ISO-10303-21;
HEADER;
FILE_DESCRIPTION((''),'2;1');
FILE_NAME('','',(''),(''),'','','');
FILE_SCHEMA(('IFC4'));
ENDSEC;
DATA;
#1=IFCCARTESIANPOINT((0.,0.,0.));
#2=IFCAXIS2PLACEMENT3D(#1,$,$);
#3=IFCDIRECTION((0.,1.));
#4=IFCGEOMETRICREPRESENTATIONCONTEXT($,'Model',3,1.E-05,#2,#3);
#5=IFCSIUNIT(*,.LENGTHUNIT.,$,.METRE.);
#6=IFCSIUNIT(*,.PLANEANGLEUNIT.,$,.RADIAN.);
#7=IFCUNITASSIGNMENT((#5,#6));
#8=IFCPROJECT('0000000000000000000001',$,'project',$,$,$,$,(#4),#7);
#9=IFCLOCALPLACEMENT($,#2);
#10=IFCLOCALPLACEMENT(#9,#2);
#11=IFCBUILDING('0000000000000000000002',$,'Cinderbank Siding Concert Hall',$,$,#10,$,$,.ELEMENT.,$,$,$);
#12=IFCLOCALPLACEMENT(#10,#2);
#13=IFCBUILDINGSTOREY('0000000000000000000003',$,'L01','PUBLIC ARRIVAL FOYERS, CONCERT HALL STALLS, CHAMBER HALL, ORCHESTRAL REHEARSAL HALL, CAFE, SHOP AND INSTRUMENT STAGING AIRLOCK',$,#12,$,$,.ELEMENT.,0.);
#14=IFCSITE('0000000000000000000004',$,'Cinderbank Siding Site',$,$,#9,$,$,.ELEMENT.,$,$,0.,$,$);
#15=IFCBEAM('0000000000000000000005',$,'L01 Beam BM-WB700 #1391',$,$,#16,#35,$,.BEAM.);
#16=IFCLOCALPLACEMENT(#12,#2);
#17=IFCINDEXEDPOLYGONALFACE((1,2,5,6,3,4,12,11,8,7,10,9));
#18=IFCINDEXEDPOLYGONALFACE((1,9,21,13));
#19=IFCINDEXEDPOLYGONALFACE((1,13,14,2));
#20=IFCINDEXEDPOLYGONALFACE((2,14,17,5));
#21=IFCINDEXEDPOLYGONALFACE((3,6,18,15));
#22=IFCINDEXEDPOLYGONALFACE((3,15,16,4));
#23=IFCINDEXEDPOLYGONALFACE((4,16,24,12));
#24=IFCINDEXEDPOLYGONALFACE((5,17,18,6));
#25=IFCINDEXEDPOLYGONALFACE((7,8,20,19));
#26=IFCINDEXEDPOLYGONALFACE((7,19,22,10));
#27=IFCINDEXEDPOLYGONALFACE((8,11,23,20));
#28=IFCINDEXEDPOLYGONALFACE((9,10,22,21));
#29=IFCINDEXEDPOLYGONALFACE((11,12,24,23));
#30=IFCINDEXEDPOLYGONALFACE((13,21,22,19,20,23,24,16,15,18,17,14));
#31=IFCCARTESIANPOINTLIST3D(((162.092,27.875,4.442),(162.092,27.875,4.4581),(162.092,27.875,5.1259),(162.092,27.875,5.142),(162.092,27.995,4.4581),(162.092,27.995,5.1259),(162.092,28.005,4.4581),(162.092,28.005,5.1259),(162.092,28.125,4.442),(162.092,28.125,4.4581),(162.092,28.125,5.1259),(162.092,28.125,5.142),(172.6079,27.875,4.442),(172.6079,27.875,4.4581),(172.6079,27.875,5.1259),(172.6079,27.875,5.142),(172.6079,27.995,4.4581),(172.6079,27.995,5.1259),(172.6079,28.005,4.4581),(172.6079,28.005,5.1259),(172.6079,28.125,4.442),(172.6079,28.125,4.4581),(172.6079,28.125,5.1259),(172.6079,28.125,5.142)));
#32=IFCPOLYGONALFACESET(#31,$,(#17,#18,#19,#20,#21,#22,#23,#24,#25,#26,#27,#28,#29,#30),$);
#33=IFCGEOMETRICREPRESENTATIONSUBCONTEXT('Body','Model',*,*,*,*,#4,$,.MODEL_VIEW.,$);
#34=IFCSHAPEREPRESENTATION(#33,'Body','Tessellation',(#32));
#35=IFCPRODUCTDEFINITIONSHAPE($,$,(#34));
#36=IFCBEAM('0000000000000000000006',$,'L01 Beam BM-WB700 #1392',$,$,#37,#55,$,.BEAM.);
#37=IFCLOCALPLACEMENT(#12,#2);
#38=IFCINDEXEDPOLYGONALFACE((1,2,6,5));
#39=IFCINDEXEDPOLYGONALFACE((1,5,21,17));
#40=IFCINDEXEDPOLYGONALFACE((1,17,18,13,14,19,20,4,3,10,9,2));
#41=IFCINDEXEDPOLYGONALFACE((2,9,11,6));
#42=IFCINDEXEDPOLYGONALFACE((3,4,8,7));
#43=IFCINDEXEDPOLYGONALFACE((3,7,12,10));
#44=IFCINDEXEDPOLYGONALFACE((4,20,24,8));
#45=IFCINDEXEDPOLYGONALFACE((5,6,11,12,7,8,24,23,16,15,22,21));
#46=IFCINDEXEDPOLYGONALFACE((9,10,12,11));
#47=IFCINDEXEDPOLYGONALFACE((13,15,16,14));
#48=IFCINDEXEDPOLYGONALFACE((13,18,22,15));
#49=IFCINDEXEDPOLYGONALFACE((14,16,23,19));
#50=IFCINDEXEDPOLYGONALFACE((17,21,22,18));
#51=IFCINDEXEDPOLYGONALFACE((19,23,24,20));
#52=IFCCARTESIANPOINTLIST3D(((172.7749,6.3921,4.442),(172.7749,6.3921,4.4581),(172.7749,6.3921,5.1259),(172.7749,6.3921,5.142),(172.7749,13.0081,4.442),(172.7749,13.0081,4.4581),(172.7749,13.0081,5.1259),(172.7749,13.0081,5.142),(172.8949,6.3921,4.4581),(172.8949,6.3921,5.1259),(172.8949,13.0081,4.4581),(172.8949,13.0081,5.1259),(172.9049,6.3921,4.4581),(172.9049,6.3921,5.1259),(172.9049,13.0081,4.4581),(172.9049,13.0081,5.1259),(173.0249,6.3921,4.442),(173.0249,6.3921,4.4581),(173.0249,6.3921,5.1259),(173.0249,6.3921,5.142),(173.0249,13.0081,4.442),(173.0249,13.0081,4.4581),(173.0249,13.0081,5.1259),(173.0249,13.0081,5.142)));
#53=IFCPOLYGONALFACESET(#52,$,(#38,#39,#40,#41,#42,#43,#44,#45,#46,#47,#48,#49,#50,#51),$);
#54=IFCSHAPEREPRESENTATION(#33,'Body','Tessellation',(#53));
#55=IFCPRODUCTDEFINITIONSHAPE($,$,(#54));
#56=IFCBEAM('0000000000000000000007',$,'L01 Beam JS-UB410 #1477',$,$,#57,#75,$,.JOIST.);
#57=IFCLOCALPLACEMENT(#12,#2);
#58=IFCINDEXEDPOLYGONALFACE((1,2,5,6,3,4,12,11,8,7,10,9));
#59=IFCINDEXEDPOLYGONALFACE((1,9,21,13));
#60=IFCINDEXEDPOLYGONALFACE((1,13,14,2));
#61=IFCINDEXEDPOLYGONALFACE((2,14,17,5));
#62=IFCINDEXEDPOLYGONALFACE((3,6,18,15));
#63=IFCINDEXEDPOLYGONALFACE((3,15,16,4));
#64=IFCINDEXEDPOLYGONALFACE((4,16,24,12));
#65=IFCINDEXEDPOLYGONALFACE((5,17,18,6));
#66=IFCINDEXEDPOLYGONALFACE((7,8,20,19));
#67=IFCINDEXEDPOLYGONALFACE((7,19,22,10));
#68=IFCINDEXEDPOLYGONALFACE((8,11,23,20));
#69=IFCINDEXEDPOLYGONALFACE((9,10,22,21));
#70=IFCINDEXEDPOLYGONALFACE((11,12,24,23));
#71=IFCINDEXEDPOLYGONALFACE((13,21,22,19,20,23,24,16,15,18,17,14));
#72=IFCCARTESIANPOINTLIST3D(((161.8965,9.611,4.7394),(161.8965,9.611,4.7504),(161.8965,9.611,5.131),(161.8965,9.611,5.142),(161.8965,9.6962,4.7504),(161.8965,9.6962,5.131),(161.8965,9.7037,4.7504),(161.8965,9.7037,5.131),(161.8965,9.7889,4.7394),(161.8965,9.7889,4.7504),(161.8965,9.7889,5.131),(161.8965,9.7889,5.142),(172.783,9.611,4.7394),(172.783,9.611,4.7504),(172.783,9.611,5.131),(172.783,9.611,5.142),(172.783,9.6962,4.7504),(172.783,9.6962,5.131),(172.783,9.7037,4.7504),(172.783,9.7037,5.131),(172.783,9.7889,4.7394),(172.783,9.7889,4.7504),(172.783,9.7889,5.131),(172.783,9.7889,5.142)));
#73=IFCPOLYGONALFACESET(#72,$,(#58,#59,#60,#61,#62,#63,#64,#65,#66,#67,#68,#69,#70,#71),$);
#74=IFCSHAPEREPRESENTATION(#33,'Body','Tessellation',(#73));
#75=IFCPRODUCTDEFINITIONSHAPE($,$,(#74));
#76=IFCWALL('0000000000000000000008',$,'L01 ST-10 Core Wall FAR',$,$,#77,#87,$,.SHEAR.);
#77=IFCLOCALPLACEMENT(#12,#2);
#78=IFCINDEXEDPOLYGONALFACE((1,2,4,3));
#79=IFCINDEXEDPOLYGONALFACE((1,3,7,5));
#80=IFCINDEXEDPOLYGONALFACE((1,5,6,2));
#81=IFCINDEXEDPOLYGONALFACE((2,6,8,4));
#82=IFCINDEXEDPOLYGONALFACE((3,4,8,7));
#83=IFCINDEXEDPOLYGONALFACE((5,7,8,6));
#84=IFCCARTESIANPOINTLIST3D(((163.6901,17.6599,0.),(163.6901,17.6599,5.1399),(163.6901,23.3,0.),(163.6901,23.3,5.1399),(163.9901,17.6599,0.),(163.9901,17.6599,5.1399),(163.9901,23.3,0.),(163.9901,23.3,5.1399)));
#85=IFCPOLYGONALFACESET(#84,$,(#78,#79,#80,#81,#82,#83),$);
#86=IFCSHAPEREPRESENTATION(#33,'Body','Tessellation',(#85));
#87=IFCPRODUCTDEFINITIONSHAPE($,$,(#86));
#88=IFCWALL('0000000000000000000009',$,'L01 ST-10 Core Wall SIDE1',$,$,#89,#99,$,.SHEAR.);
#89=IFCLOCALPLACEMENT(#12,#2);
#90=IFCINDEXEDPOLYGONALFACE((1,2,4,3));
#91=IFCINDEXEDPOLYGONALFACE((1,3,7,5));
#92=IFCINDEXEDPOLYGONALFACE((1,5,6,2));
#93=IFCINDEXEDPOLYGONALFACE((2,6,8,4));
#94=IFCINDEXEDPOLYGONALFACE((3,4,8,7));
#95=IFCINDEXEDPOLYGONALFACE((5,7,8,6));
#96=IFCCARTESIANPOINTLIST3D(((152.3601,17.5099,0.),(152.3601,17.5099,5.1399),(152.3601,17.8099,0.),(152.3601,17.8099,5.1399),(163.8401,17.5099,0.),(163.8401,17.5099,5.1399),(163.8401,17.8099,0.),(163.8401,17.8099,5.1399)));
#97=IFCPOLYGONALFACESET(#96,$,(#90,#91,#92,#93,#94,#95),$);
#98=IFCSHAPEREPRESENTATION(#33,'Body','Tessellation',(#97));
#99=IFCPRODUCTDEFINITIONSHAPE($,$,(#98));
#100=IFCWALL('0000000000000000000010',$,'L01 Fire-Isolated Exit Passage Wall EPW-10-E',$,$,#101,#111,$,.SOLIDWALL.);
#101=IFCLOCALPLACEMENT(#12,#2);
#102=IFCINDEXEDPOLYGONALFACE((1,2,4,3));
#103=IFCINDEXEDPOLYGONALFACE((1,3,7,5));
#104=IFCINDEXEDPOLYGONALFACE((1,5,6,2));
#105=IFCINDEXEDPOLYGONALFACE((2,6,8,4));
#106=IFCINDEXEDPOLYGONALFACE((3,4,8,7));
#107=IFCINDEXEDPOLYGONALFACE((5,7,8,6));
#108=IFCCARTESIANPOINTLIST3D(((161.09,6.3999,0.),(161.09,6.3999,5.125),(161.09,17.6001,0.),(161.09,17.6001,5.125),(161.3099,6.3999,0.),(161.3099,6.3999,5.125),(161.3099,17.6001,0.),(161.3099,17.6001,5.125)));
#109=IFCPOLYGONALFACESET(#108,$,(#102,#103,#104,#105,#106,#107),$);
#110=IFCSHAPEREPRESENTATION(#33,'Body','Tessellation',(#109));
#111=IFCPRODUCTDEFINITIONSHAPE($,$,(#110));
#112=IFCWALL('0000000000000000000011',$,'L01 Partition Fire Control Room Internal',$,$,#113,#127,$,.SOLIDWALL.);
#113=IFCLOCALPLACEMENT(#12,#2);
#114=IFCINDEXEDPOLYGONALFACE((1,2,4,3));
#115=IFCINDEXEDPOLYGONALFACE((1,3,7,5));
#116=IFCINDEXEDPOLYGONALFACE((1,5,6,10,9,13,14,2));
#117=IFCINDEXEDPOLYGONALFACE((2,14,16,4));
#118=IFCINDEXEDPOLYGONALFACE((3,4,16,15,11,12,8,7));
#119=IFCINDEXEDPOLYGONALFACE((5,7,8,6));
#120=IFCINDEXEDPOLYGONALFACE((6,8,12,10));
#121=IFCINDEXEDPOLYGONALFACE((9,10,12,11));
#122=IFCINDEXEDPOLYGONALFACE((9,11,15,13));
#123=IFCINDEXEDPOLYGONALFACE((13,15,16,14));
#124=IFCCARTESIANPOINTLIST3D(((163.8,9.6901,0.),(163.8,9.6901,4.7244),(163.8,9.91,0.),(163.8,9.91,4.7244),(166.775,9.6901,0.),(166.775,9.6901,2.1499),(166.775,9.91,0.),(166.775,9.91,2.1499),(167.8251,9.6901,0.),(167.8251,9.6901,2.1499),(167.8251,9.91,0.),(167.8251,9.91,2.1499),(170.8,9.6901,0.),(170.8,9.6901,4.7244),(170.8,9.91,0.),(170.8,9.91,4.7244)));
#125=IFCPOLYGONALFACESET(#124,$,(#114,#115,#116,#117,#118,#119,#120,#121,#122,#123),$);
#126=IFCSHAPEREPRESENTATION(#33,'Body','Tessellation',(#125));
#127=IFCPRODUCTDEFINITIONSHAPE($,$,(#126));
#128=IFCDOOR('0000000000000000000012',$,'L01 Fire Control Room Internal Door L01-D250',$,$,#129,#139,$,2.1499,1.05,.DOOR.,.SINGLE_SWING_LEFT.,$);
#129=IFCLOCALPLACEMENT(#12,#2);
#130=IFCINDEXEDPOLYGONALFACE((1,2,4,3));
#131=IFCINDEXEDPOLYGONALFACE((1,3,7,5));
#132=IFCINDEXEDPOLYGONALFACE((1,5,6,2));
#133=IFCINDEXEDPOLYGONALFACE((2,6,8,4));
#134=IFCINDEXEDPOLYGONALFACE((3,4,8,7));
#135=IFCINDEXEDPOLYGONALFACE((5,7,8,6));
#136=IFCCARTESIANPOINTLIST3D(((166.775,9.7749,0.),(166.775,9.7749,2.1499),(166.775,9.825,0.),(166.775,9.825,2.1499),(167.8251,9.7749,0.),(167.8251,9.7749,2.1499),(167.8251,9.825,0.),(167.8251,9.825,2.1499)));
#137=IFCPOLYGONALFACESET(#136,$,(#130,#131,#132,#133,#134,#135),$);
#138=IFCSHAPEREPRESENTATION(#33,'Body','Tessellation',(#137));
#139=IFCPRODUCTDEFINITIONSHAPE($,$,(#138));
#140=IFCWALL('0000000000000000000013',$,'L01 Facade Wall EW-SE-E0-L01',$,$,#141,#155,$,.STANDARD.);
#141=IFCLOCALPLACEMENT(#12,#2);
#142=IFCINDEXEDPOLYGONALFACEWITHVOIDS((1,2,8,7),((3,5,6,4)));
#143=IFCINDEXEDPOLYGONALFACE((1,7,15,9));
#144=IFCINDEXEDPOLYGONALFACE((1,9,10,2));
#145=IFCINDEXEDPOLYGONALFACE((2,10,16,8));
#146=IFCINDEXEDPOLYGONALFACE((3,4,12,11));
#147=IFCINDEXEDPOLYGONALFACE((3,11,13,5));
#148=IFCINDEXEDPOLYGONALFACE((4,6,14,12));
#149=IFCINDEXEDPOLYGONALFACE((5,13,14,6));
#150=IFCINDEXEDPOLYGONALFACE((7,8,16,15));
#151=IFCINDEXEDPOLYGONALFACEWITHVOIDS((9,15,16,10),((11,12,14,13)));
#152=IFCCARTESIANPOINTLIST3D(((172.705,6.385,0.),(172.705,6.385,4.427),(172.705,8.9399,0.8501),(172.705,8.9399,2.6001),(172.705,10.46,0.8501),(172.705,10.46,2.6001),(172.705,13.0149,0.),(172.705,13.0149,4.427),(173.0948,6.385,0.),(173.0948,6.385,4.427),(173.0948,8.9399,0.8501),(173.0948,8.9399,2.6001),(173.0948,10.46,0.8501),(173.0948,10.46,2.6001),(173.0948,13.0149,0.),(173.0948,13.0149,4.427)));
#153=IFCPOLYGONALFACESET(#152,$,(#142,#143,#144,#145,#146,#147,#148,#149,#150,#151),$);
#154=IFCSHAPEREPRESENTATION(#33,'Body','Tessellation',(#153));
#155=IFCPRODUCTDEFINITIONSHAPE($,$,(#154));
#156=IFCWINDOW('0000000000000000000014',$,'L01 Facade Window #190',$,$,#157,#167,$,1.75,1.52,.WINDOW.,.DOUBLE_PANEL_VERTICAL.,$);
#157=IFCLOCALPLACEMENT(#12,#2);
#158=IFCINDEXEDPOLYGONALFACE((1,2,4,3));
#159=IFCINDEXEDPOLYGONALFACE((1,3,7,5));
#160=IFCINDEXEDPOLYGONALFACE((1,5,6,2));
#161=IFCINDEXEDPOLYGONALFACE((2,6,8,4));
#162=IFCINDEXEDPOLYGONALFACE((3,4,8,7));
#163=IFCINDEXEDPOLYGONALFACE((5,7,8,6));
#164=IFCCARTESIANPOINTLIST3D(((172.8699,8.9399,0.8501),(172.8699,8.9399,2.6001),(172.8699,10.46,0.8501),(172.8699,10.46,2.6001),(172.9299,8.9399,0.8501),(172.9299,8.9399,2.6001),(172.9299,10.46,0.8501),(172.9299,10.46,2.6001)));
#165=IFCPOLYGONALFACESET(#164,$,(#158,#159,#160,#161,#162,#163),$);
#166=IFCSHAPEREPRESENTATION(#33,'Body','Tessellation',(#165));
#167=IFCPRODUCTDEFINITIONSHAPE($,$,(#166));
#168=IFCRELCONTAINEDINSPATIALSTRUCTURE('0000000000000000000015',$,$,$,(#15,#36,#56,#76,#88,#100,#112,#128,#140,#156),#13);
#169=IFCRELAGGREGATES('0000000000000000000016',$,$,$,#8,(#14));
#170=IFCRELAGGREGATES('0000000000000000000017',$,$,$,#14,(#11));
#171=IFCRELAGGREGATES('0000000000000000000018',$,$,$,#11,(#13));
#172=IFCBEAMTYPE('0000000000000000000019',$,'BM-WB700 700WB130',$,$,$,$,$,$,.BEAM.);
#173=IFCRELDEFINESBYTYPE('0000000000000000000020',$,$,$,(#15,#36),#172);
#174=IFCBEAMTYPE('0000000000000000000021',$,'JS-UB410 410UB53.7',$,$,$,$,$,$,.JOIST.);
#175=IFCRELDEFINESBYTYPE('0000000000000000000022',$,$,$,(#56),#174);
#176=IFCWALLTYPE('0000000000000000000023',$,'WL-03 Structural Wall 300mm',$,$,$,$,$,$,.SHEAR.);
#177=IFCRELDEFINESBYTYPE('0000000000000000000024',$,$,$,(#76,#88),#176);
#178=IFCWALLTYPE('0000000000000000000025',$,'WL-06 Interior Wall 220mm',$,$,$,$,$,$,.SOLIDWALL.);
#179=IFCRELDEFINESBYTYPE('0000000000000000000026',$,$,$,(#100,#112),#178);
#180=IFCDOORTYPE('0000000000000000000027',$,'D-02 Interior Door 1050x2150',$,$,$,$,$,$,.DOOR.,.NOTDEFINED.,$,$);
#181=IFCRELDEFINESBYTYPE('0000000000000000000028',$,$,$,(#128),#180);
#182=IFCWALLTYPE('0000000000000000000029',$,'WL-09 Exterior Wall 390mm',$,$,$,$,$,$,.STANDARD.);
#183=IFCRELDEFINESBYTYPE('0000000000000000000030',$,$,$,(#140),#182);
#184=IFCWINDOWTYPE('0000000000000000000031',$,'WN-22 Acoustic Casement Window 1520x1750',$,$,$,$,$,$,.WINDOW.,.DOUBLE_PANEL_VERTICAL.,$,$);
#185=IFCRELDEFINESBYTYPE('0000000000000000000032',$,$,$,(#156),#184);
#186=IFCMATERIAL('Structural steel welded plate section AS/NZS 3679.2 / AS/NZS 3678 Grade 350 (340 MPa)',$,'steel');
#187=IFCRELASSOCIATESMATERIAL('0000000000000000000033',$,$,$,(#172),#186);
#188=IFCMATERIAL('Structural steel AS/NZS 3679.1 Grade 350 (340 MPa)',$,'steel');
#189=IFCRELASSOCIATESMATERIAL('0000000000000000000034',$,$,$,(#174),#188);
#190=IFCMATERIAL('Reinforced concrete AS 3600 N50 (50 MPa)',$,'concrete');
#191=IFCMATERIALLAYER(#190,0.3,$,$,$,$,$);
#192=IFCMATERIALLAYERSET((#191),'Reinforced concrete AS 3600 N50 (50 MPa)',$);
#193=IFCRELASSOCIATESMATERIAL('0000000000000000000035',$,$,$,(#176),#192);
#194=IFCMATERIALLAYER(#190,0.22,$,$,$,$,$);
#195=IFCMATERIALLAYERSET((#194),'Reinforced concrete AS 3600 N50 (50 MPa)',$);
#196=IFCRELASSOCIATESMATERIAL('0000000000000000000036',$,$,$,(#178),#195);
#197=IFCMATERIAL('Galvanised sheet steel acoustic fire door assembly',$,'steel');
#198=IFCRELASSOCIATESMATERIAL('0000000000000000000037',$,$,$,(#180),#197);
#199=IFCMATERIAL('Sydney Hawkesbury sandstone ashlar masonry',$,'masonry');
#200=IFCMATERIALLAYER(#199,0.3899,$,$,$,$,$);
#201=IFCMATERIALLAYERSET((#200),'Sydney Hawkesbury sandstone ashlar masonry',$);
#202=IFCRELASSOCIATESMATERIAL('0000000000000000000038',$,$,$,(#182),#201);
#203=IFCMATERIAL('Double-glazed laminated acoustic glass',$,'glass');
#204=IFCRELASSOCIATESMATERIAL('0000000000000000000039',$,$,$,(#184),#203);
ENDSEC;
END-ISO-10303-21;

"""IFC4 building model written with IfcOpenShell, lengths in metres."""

from ifc_helpers import new_model, si_unit, direction, frame, frame_2d, origin, origin_2d, place, context, subcontext, project, spatial, rectangle, i_section, extrude, material, layer, layer_set, material_profile, profile_set, type_object, element, fill, save


model = new_model("IFC4")

# Units and contexts
model_context = context("Model", 3, precision=1e-05, world=origin(), true_north=direction((0.0, 1.0)))
body_context = subcontext(model_context, "Body", "Model", "MODEL_VIEW")
ifc_project = project(units=[si_unit("LENGTHUNIT", "METRE"), si_unit("PLANEANGLEUNIT", "RADIAN")], contexts=[model_context])

# Site, building, storey
site_placement = place(None, origin())
site = spatial("IfcSite", under=ifc_project, at=site_placement, Name="Cinderbank Siding Site", CompositionType="ELEMENT", RefElevation=0.0)
building_placement = place(site_placement, origin())
building = spatial("IfcBuilding", under=site, at=building_placement, Name="Cinderbank Siding Concert Hall", CompositionType="ELEMENT")
storey_placement = place(building_placement, origin())
storey = spatial("IfcBuildingStorey", under=building, at=storey_placement, Name="L01", Description="PUBLIC ARRIVAL FOYERS, CONCERT HALL STALLS, CHAMBER HALL, ORCHESTRAL REHEARSAL HALL, CAFE, SHOP AND INSTRUMENT STAGING AIRLOCK", CompositionType="ELEMENT", Elevation=0.0)

# Shared definitions
ifc_material_1 = material(Name="Reinforced concrete AS 3600 N50 (50 MPa)", Category="concrete")

# Beams
ifc_material_2 = material(Name="Structural steel AS/NZS 3679.1 Grade 350 (340 MPa)", Category="steel")
ifc_material_3 = material(Name="Structural steel welded plate section AS/NZS 3679.2 / AS/NZS 3678 Grade 350 (340 MPa)", Category="steel")
ifc_material_profile_1 = material_profile(ifc_material_3, i_section(OverallWidth=0.25, OverallDepth=0.7, WebThickness=0.01, FlangeThickness=0.0161, at=origin_2d()), Name="700WB130", Category="LoadBearing")
ifc_profile_set_1 = profile_set([ifc_material_profile_1], Name="Structural steel welded plate section AS/NZS 3679.2 / AS/NZS 3678 Grade 350 (340 MPa)")
beam_type_1 = type_object("IfcBeamType", Name="BM-WB700 700WB130", PredefinedType="BEAM", material=ifc_profile_set_1)
for number, where, z_axis, x_axis, name in (
    (1, (162.092, 28.0, 4.792), (1.0, 0.0, 0.0), (0.0, 1.0, 0.0), "L01 Beam BM-WB700 #1391"),
):
    element("IfcBeam", number, at=place(storey_placement, frame(where, z_axis=z_axis, x_axis=x_axis)), inside=storey, type_object=beam_type_1, Name=name, PredefinedType="BEAM", context=body_context, shape_type="SweptSolid", body=[
        extrude(i_section(OverallWidth=0.25, OverallDepth=0.7, WebThickness=0.01, FlangeThickness=0.0161, at=origin_2d()), origin(), (0.0, 0.0, 1.0), 10.5159),
    ])
beam_1_placement = place(storey_placement, frame((172.8999, 6.3921, 4.792), z_axis=(0.0, 1.0, 0.0), x_axis=(-1.0, 0.0, 0.0)))
element("IfcBeam", 2, at=beam_1_placement, inside=storey, type_object=beam_type_1, Name="L01 Beam BM-WB700 #1392", PredefinedType="BEAM", context=body_context, shape_type="SweptSolid", body=[
    extrude(i_section(OverallWidth=0.25, OverallDepth=0.7, WebThickness=0.01, FlangeThickness=0.0161, at=origin_2d()), origin(), (0.0, 0.0, 1.0), 6.616),
])
ifc_material_profile_2 = material_profile(ifc_material_2, i_section(OverallWidth=0.178, OverallDepth=0.4026, WebThickness=0.0076, FlangeThickness=0.011, at=origin_2d()), Name="410UB53.7", Category="LoadBearing")
ifc_profile_set_2 = profile_set([ifc_material_profile_2], Name="Structural steel AS/NZS 3679.1 Grade 350 (340 MPa)")
beam_type_2 = type_object("IfcBeamType", Name="JS-UB410 410UB53.7", PredefinedType="JOIST", material=ifc_profile_set_2)
beam_2_placement = place(storey_placement, frame((161.8965, 9.7, 4.9407), z_axis=(1.0, 0.0, 0.0), x_axis=(0.0, 1.0, 0.0)))
element("IfcBeam", 3, at=beam_2_placement, inside=storey, type_object=beam_type_2, Name="L01 Beam JS-UB410 #1477", PredefinedType="JOIST", context=body_context, shape_type="SweptSolid", body=[
    extrude(i_section(OverallWidth=0.178, OverallDepth=0.4026, WebThickness=0.0076, FlangeThickness=0.011, at=origin_2d()), origin(), (0.0, 0.0, 1.0), 10.8865),
])

# Walls
ifc_layer_1 = layer(ifc_material_1, 0.3)
ifc_layer_set_1 = layer_set([ifc_layer_1], Name="Reinforced concrete AS 3600 N50 (50 MPa)")
wall_type_1 = type_object("IfcWallType", Name="WL-03 Structural Wall 300mm", PredefinedType="SHEAR", material=ifc_layer_set_1)
wall_1_placement = place(storey_placement, frame((163.8401, 23.3, 0.0), z_axis=(0.0, 0.0, 1.0), x_axis=(0.0, -1.0, 0.0)))
element("IfcWall", 4, at=wall_1_placement, inside=storey, type_object=wall_type_1, Name="L01 ST-10 Core Wall FAR", PredefinedType="SHEAR", context=body_context, shape_type="SweptSolid", body=[
    extrude(rectangle(XDim=5.6401, YDim=0.3, at=frame_2d((2.8201, 0.0))), origin(), (0.0, 0.0, 1.0), 5.1399),
])
wall_2_placement = place(storey_placement, frame((163.8401, 17.6599, 0.0), z_axis=(0.0, 0.0, 1.0), x_axis=(-1.0, 0.0, 0.0)))
element("IfcWall", 5, at=wall_2_placement, inside=storey, type_object=wall_type_1, Name="L01 ST-10 Core Wall SIDE1", PredefinedType="SHEAR", context=body_context, shape_type="SweptSolid", body=[
    extrude(rectangle(XDim=11.48, YDim=0.3, at=frame_2d((5.74, 0.0))), origin(), (0.0, 0.0, 1.0), 5.1399),
])
ifc_layer_2 = layer(ifc_material_1, 0.22)
ifc_layer_set_2 = layer_set([ifc_layer_2], Name="Reinforced concrete AS 3600 N50 (50 MPa)")
wall_type_2 = type_object("IfcWallType", Name="WL-06 Interior Wall 220mm", PredefinedType="SOLIDWALL", material=ifc_layer_set_2)
wall_3_placement = place(storey_placement, frame((161.2, 6.3999, 0.0), z_axis=(0.0, 0.0, 1.0), x_axis=(0.0, 1.0, 0.0)))
element("IfcWall", 6, at=wall_3_placement, inside=storey, type_object=wall_type_2, Name="L01 Fire-Isolated Exit Passage Wall EPW-10-E", PredefinedType="SOLIDWALL", context=body_context, shape_type="SweptSolid", body=[
    extrude(rectangle(XDim=11.2002, YDim=0.22, at=frame_2d((5.6001, 0.0))), origin(), (0.0, 0.0, 1.0), 5.125),
])

# Wall, opening, door
wall_4_placement = place(storey_placement, frame((163.8, 9.8, 0.0), z_axis=(0.0, 0.0, 1.0), x_axis=(1.0, 0.0, 0.0)))
wall_4 = element("IfcWall", 7, at=wall_4_placement, inside=storey, type_object=wall_type_2, Name="L01 Partition Fire Control Room Internal", PredefinedType="SOLIDWALL", context=body_context, shape_type="SweptSolid", body=[
    extrude(rectangle(XDim=7.0, YDim=0.22, at=frame_2d((3.5, 0.0))), origin(), (0.0, 0.0, 1.0), 4.7244),
])
opening_1_placement = place(wall_4_placement, frame((2.9751, 0.0, 0.0)))
opening_1 = element("IfcOpeningElement", 8, at=opening_1_placement, cuts=wall_4, PredefinedType="OPENING", context=body_context, shape_type="SweptSolid", body=[
    extrude(rectangle(XDim=1.05, YDim=2.1499, at=frame_2d((0.5249, 1.075))), frame((0.0, 0.1221, 0.0), z_axis=(0.0, -1.0, 0.0), x_axis=(1.0, 0.0, 0.0)), (0.0, 0.0, 1.0), 0.2439),
])
ifc_material_4 = material(Name="Galvanised sheet steel acoustic fire door assembly", Category="steel")
door_type_1 = type_object("IfcDoorType", Name="D-02 Interior Door 1050x2150", OperationType="NOTDEFINED", PredefinedType="DOOR", material=ifc_material_4)
door_1_placement = place(opening_1_placement, origin())
door_1 = element("IfcDoor", 9, at=door_1_placement, inside=storey, type_object=door_type_1, Name="L01 Fire Control Room Internal Door L01-D250", OperationType="SINGLE_SWING_LEFT", OverallHeight=2.1499, OverallWidth=1.05, PredefinedType="DOOR", context=body_context, shape_type="SweptSolid", body=[
    extrude(rectangle(XDim=1.05, YDim=2.1499, at=frame_2d((0.5249, 1.075))), frame((0.0, 0.0249, 0.0), z_axis=(0.0, -1.0, 0.0), x_axis=(1.0, 0.0, 0.0)), (0.0, 0.0, 1.0), 0.05),
])
fill(opening_1, door_1)

# Wall, opening, window
ifc_material_5 = material(Name="Sydney Hawkesbury sandstone ashlar masonry", Category="masonry")
ifc_layer_3 = layer(ifc_material_5, 0.3899)
ifc_layer_set_3 = layer_set([ifc_layer_3], Name="Sydney Hawkesbury sandstone ashlar masonry")
wall_type_3 = type_object("IfcWallType", Name="WL-09 Exterior Wall 390mm", PredefinedType="STANDARD", material=ifc_layer_set_3)
wall_5_placement = place(storey_placement, frame((172.8999, 13.0149, 0.0), z_axis=(0.0, 0.0, 1.0), x_axis=(0.0, -1.0, 0.0)))
wall_5 = element("IfcWall", 10, at=wall_5_placement, inside=storey, type_object=wall_type_3, Name="L01 Facade Wall EW-SE-E0-L01", PredefinedType="STANDARD", context=body_context, shape_type="SweptSolid", body=[
    extrude(rectangle(XDim=6.6299, YDim=0.3899, at=frame_2d((3.3149, 0.0))), origin(), (0.0, 0.0, 1.0), 4.427),
])
opening_2_placement = place(wall_5_placement, frame((2.5549, 0.0, 0.8501)))
opening_2 = element("IfcOpeningElement", 11, at=opening_2_placement, cuts=wall_5, PredefinedType="OPENING", context=body_context, shape_type="SweptSolid", body=[
    extrude(rectangle(XDim=1.52, YDim=1.75, at=frame_2d((0.76, 0.875))), frame((0.0, 0.207, 0.0), z_axis=(0.0, -1.0, 0.0), x_axis=(1.0, 0.0, 0.0)), (0.0, 0.0, 1.0), 0.4138),
])
ifc_material_6 = material(Name="Double-glazed laminated acoustic glass", Category="glass")
window_type_1 = type_object("IfcWindowType", Name="WN-22 Acoustic Casement Window 1520x1750", PartitioningType="DOUBLE_PANEL_VERTICAL", PredefinedType="WINDOW", material=ifc_material_6)
window_1_placement = place(opening_2_placement, origin())
window_1 = element("IfcWindow", 12, at=window_1_placement, inside=storey, type_object=window_type_1, Name="L01 Facade Window #190", OverallHeight=1.75, OverallWidth=1.52, PartitioningType="DOUBLE_PANEL_VERTICAL", PredefinedType="WINDOW", context=body_context, shape_type="SweptSolid", body=[
    extrude(rectangle(XDim=1.52, YDim=1.75, at=frame_2d((0.76, 0.875))), frame((0.0, 0.03, 0.0), z_axis=(0.0, -1.0, 0.0), x_axis=(1.0, 0.0, 0.0)), (0.0, 0.0, 1.0), 0.0601),
])
fill(opening_2, window_1)

save(model, "model.ifc")
